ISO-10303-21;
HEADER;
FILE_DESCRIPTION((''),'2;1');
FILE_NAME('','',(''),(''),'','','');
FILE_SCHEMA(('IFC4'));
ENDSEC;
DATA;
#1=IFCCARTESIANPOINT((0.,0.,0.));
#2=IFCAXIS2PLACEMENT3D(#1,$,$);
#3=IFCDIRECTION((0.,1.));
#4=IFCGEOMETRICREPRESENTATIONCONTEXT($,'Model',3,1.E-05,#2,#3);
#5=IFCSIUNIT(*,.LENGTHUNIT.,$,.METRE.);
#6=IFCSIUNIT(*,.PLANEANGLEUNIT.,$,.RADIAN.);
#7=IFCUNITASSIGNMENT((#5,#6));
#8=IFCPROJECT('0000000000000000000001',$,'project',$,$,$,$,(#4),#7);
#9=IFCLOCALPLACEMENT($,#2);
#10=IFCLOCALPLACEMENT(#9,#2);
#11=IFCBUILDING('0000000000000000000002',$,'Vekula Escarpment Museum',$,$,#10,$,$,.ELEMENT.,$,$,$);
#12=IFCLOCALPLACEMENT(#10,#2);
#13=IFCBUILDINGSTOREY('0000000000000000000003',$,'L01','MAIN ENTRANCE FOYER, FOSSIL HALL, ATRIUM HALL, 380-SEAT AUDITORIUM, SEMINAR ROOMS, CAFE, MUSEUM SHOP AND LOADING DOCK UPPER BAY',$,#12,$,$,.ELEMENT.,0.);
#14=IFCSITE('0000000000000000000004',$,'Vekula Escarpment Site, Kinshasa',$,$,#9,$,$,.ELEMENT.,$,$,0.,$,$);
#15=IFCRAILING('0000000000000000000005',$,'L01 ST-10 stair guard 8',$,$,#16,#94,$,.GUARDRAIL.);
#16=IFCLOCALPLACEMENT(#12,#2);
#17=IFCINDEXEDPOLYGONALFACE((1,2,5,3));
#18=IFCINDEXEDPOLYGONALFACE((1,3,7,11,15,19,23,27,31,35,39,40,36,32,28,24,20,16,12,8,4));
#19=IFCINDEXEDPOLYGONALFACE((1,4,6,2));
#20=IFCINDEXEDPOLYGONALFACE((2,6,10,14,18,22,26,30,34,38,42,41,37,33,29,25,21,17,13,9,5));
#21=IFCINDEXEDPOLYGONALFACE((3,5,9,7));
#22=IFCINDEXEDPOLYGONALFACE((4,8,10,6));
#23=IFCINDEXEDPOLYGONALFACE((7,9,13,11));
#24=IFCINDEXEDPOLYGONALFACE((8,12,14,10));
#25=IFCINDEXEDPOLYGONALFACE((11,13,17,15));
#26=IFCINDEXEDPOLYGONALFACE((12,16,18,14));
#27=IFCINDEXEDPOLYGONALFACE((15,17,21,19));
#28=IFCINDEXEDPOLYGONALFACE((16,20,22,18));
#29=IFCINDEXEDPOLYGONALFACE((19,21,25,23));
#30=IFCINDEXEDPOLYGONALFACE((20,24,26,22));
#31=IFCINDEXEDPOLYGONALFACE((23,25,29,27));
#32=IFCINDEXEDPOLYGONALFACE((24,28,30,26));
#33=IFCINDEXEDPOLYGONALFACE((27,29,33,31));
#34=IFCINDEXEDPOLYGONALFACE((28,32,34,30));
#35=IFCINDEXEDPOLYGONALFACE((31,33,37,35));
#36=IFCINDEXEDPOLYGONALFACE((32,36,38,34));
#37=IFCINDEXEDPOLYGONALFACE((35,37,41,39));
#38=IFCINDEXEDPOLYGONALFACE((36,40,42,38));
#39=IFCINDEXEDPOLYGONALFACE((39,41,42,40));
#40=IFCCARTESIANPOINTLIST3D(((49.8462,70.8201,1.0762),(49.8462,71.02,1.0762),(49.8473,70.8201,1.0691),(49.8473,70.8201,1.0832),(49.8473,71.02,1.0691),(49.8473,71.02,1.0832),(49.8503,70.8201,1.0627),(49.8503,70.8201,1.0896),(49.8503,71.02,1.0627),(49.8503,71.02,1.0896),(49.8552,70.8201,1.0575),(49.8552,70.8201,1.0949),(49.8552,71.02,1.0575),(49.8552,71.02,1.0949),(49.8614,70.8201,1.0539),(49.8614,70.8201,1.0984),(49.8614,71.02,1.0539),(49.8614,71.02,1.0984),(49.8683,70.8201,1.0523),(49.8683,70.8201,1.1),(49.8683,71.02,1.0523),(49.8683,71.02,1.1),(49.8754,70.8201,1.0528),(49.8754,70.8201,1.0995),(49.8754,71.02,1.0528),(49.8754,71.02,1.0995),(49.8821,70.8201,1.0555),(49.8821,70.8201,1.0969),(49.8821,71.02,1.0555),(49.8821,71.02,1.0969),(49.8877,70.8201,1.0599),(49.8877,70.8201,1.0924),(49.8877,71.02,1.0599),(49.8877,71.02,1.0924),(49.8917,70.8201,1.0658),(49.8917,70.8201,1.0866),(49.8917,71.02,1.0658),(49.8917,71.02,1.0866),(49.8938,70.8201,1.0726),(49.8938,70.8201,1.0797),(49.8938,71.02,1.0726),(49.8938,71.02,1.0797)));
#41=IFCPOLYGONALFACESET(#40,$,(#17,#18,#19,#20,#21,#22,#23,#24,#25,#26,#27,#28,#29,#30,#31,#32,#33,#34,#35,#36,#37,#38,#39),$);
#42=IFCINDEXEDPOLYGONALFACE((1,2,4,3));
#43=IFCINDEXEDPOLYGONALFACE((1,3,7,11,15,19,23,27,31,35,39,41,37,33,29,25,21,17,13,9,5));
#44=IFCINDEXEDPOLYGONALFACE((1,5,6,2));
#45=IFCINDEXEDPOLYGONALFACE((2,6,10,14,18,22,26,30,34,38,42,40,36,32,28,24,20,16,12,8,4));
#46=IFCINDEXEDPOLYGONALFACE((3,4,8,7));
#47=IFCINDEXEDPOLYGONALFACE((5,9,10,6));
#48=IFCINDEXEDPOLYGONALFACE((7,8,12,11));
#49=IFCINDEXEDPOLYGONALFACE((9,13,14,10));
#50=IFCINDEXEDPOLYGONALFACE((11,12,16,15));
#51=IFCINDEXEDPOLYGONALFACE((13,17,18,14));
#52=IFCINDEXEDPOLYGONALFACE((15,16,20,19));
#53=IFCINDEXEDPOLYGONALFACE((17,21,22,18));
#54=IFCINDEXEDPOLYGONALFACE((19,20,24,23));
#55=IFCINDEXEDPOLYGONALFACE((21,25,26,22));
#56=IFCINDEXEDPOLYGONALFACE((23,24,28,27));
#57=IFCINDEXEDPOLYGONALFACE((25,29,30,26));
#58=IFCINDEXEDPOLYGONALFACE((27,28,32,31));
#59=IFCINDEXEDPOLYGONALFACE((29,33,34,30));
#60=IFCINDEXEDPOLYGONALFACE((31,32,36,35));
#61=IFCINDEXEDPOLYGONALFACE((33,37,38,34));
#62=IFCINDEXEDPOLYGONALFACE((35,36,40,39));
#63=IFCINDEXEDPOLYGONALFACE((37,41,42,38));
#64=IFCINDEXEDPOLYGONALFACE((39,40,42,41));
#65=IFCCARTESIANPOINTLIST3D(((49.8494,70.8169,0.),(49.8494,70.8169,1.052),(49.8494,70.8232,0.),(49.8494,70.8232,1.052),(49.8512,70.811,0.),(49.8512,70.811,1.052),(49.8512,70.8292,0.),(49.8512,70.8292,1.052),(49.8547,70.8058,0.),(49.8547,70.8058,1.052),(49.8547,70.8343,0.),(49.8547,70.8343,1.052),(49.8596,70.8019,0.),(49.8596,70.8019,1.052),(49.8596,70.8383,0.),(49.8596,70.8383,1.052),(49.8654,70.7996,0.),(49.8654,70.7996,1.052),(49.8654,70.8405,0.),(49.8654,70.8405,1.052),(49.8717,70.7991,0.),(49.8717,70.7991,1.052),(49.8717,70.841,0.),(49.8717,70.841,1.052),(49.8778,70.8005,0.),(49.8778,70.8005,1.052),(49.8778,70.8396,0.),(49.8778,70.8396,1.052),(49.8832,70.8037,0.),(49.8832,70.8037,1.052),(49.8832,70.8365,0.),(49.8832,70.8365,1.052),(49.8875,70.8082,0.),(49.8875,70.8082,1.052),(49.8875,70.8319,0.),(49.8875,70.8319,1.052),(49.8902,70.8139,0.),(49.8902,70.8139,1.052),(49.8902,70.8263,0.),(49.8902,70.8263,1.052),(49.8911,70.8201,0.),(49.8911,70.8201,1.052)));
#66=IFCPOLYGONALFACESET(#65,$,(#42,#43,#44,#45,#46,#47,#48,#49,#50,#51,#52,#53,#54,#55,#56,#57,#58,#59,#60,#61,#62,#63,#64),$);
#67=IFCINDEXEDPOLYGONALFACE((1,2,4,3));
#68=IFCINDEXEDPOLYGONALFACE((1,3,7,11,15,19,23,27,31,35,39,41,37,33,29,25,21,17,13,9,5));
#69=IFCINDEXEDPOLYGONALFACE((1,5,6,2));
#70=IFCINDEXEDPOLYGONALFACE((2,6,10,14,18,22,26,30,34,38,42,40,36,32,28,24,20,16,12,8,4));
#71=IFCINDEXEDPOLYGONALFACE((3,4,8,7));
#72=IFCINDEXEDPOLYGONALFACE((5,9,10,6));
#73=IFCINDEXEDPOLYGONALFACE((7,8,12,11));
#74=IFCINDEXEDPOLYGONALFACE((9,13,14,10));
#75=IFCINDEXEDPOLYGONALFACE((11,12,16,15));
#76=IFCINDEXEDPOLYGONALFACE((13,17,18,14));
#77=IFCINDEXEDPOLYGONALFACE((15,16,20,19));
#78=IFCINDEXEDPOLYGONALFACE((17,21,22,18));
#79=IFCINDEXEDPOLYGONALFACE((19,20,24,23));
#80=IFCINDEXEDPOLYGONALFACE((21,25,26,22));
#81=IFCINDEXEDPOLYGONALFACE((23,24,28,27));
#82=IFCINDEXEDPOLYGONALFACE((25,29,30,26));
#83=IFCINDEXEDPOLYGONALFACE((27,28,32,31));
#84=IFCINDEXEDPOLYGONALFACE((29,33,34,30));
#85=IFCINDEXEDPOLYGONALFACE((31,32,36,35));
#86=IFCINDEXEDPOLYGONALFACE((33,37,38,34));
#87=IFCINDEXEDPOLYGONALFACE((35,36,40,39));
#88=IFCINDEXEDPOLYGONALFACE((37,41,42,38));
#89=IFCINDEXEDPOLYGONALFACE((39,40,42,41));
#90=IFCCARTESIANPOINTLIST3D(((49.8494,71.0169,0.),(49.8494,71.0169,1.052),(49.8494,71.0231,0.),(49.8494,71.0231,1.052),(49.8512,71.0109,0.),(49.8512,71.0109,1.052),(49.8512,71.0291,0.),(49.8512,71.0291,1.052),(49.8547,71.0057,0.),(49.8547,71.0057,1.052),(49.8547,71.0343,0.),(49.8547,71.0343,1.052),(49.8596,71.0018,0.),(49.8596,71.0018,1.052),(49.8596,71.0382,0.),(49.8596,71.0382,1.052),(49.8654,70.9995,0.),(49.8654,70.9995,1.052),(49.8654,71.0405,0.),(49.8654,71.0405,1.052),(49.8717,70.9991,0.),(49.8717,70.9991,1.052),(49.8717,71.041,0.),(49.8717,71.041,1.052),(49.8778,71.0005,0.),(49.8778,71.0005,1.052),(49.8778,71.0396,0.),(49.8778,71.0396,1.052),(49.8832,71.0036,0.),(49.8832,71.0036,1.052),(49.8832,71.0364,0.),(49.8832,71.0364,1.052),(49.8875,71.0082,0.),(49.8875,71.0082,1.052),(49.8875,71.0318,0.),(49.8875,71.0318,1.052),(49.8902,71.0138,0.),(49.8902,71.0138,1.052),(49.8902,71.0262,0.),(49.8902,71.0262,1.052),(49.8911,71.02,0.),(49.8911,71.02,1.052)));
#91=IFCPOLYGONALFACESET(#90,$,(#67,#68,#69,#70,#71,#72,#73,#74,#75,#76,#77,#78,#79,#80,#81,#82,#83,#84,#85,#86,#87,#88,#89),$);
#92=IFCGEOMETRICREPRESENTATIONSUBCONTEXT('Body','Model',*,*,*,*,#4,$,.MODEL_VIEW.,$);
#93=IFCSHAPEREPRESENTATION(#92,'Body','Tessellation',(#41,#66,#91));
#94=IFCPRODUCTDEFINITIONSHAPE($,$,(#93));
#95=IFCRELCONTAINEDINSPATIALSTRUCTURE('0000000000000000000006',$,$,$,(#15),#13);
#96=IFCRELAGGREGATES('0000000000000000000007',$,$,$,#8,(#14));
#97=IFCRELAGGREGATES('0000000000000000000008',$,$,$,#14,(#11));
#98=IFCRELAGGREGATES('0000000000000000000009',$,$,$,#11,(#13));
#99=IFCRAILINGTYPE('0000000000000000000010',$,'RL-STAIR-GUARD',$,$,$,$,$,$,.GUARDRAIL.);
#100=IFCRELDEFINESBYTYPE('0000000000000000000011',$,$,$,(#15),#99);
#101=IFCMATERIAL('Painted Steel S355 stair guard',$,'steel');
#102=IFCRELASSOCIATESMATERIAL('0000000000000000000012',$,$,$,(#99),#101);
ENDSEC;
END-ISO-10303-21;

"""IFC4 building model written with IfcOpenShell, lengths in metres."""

from ifc_helpers import new_model, si_unit, direction, frame, origin, origin_2d, place, context, subcontext, project, spatial, circle, extrude, material, type_object, element, save


model = new_model("IFC4")

# Units and contexts
model_context = context("Model", 3, precision=1e-05, world=origin(), true_north=direction((0.0, 1.0)))
body_context = subcontext(model_context, "Body", "Model", "MODEL_VIEW")
ifc_project = project(units=[si_unit("LENGTHUNIT", "METRE"), si_unit("PLANEANGLEUNIT", "RADIAN")], contexts=[model_context])

# Site, building, storey
site_placement = place(None, origin())
site = spatial("IfcSite", under=ifc_project, at=site_placement, Name="Vekula Escarpment Site, Kinshasa", CompositionType="ELEMENT", RefElevation=0.0)
building_placement = place(site_placement, origin())
building = spatial("IfcBuilding", under=site, at=building_placement, Name="Vekula Escarpment Museum", CompositionType="ELEMENT")
storey_placement = place(building_placement, origin())
storey = spatial("IfcBuildingStorey", under=building, at=storey_placement, Name="L01", Description="MAIN ENTRANCE FOYER, FOSSIL HALL, ATRIUM HALL, 380-SEAT AUDITORIUM, SEMINAR ROOMS, CAFE, MUSEUM SHOP AND LOADING DOCK UPPER BAY", CompositionType="ELEMENT", Elevation=0.0)

# Railing
ifc_material_1 = material(Name="Painted Steel S355 stair guard", Category="steel")
railing_type_1 = type_object("IfcRailingType", Name="RL-STAIR-GUARD", PredefinedType="GUARDRAIL", material=ifc_material_1)
railing_1_placement = place(storey_placement, frame((49.8701, 70.8201, 0.0)))
element("IfcRailing", 1, at=railing_1_placement, inside=storey, type_object=railing_type_1, Name="L01 ST-10 stair guard 8", PredefinedType="GUARDRAIL", context=body_context, shape_type="SweptSolid", body=[
    extrude(circle(Radius=0.0239, at=origin_2d()), frame((0.0, 0.0, 1.0762), z_axis=(0.0, 1.0, 0.0), x_axis=(-1.0, 0.0, 0.0)), (0.0, 0.0, 1.0), 0.2),
    extrude(circle(Radius=0.021, at=origin_2d()), origin(), (0.0, 0.0, 1.0), 1.052),
    extrude(circle(Radius=0.021, at=origin_2d()), frame((0.0, 0.2, 0.0)), (0.0, 0.0, 1.0), 1.052),
])

save(model, "model.ifc")
